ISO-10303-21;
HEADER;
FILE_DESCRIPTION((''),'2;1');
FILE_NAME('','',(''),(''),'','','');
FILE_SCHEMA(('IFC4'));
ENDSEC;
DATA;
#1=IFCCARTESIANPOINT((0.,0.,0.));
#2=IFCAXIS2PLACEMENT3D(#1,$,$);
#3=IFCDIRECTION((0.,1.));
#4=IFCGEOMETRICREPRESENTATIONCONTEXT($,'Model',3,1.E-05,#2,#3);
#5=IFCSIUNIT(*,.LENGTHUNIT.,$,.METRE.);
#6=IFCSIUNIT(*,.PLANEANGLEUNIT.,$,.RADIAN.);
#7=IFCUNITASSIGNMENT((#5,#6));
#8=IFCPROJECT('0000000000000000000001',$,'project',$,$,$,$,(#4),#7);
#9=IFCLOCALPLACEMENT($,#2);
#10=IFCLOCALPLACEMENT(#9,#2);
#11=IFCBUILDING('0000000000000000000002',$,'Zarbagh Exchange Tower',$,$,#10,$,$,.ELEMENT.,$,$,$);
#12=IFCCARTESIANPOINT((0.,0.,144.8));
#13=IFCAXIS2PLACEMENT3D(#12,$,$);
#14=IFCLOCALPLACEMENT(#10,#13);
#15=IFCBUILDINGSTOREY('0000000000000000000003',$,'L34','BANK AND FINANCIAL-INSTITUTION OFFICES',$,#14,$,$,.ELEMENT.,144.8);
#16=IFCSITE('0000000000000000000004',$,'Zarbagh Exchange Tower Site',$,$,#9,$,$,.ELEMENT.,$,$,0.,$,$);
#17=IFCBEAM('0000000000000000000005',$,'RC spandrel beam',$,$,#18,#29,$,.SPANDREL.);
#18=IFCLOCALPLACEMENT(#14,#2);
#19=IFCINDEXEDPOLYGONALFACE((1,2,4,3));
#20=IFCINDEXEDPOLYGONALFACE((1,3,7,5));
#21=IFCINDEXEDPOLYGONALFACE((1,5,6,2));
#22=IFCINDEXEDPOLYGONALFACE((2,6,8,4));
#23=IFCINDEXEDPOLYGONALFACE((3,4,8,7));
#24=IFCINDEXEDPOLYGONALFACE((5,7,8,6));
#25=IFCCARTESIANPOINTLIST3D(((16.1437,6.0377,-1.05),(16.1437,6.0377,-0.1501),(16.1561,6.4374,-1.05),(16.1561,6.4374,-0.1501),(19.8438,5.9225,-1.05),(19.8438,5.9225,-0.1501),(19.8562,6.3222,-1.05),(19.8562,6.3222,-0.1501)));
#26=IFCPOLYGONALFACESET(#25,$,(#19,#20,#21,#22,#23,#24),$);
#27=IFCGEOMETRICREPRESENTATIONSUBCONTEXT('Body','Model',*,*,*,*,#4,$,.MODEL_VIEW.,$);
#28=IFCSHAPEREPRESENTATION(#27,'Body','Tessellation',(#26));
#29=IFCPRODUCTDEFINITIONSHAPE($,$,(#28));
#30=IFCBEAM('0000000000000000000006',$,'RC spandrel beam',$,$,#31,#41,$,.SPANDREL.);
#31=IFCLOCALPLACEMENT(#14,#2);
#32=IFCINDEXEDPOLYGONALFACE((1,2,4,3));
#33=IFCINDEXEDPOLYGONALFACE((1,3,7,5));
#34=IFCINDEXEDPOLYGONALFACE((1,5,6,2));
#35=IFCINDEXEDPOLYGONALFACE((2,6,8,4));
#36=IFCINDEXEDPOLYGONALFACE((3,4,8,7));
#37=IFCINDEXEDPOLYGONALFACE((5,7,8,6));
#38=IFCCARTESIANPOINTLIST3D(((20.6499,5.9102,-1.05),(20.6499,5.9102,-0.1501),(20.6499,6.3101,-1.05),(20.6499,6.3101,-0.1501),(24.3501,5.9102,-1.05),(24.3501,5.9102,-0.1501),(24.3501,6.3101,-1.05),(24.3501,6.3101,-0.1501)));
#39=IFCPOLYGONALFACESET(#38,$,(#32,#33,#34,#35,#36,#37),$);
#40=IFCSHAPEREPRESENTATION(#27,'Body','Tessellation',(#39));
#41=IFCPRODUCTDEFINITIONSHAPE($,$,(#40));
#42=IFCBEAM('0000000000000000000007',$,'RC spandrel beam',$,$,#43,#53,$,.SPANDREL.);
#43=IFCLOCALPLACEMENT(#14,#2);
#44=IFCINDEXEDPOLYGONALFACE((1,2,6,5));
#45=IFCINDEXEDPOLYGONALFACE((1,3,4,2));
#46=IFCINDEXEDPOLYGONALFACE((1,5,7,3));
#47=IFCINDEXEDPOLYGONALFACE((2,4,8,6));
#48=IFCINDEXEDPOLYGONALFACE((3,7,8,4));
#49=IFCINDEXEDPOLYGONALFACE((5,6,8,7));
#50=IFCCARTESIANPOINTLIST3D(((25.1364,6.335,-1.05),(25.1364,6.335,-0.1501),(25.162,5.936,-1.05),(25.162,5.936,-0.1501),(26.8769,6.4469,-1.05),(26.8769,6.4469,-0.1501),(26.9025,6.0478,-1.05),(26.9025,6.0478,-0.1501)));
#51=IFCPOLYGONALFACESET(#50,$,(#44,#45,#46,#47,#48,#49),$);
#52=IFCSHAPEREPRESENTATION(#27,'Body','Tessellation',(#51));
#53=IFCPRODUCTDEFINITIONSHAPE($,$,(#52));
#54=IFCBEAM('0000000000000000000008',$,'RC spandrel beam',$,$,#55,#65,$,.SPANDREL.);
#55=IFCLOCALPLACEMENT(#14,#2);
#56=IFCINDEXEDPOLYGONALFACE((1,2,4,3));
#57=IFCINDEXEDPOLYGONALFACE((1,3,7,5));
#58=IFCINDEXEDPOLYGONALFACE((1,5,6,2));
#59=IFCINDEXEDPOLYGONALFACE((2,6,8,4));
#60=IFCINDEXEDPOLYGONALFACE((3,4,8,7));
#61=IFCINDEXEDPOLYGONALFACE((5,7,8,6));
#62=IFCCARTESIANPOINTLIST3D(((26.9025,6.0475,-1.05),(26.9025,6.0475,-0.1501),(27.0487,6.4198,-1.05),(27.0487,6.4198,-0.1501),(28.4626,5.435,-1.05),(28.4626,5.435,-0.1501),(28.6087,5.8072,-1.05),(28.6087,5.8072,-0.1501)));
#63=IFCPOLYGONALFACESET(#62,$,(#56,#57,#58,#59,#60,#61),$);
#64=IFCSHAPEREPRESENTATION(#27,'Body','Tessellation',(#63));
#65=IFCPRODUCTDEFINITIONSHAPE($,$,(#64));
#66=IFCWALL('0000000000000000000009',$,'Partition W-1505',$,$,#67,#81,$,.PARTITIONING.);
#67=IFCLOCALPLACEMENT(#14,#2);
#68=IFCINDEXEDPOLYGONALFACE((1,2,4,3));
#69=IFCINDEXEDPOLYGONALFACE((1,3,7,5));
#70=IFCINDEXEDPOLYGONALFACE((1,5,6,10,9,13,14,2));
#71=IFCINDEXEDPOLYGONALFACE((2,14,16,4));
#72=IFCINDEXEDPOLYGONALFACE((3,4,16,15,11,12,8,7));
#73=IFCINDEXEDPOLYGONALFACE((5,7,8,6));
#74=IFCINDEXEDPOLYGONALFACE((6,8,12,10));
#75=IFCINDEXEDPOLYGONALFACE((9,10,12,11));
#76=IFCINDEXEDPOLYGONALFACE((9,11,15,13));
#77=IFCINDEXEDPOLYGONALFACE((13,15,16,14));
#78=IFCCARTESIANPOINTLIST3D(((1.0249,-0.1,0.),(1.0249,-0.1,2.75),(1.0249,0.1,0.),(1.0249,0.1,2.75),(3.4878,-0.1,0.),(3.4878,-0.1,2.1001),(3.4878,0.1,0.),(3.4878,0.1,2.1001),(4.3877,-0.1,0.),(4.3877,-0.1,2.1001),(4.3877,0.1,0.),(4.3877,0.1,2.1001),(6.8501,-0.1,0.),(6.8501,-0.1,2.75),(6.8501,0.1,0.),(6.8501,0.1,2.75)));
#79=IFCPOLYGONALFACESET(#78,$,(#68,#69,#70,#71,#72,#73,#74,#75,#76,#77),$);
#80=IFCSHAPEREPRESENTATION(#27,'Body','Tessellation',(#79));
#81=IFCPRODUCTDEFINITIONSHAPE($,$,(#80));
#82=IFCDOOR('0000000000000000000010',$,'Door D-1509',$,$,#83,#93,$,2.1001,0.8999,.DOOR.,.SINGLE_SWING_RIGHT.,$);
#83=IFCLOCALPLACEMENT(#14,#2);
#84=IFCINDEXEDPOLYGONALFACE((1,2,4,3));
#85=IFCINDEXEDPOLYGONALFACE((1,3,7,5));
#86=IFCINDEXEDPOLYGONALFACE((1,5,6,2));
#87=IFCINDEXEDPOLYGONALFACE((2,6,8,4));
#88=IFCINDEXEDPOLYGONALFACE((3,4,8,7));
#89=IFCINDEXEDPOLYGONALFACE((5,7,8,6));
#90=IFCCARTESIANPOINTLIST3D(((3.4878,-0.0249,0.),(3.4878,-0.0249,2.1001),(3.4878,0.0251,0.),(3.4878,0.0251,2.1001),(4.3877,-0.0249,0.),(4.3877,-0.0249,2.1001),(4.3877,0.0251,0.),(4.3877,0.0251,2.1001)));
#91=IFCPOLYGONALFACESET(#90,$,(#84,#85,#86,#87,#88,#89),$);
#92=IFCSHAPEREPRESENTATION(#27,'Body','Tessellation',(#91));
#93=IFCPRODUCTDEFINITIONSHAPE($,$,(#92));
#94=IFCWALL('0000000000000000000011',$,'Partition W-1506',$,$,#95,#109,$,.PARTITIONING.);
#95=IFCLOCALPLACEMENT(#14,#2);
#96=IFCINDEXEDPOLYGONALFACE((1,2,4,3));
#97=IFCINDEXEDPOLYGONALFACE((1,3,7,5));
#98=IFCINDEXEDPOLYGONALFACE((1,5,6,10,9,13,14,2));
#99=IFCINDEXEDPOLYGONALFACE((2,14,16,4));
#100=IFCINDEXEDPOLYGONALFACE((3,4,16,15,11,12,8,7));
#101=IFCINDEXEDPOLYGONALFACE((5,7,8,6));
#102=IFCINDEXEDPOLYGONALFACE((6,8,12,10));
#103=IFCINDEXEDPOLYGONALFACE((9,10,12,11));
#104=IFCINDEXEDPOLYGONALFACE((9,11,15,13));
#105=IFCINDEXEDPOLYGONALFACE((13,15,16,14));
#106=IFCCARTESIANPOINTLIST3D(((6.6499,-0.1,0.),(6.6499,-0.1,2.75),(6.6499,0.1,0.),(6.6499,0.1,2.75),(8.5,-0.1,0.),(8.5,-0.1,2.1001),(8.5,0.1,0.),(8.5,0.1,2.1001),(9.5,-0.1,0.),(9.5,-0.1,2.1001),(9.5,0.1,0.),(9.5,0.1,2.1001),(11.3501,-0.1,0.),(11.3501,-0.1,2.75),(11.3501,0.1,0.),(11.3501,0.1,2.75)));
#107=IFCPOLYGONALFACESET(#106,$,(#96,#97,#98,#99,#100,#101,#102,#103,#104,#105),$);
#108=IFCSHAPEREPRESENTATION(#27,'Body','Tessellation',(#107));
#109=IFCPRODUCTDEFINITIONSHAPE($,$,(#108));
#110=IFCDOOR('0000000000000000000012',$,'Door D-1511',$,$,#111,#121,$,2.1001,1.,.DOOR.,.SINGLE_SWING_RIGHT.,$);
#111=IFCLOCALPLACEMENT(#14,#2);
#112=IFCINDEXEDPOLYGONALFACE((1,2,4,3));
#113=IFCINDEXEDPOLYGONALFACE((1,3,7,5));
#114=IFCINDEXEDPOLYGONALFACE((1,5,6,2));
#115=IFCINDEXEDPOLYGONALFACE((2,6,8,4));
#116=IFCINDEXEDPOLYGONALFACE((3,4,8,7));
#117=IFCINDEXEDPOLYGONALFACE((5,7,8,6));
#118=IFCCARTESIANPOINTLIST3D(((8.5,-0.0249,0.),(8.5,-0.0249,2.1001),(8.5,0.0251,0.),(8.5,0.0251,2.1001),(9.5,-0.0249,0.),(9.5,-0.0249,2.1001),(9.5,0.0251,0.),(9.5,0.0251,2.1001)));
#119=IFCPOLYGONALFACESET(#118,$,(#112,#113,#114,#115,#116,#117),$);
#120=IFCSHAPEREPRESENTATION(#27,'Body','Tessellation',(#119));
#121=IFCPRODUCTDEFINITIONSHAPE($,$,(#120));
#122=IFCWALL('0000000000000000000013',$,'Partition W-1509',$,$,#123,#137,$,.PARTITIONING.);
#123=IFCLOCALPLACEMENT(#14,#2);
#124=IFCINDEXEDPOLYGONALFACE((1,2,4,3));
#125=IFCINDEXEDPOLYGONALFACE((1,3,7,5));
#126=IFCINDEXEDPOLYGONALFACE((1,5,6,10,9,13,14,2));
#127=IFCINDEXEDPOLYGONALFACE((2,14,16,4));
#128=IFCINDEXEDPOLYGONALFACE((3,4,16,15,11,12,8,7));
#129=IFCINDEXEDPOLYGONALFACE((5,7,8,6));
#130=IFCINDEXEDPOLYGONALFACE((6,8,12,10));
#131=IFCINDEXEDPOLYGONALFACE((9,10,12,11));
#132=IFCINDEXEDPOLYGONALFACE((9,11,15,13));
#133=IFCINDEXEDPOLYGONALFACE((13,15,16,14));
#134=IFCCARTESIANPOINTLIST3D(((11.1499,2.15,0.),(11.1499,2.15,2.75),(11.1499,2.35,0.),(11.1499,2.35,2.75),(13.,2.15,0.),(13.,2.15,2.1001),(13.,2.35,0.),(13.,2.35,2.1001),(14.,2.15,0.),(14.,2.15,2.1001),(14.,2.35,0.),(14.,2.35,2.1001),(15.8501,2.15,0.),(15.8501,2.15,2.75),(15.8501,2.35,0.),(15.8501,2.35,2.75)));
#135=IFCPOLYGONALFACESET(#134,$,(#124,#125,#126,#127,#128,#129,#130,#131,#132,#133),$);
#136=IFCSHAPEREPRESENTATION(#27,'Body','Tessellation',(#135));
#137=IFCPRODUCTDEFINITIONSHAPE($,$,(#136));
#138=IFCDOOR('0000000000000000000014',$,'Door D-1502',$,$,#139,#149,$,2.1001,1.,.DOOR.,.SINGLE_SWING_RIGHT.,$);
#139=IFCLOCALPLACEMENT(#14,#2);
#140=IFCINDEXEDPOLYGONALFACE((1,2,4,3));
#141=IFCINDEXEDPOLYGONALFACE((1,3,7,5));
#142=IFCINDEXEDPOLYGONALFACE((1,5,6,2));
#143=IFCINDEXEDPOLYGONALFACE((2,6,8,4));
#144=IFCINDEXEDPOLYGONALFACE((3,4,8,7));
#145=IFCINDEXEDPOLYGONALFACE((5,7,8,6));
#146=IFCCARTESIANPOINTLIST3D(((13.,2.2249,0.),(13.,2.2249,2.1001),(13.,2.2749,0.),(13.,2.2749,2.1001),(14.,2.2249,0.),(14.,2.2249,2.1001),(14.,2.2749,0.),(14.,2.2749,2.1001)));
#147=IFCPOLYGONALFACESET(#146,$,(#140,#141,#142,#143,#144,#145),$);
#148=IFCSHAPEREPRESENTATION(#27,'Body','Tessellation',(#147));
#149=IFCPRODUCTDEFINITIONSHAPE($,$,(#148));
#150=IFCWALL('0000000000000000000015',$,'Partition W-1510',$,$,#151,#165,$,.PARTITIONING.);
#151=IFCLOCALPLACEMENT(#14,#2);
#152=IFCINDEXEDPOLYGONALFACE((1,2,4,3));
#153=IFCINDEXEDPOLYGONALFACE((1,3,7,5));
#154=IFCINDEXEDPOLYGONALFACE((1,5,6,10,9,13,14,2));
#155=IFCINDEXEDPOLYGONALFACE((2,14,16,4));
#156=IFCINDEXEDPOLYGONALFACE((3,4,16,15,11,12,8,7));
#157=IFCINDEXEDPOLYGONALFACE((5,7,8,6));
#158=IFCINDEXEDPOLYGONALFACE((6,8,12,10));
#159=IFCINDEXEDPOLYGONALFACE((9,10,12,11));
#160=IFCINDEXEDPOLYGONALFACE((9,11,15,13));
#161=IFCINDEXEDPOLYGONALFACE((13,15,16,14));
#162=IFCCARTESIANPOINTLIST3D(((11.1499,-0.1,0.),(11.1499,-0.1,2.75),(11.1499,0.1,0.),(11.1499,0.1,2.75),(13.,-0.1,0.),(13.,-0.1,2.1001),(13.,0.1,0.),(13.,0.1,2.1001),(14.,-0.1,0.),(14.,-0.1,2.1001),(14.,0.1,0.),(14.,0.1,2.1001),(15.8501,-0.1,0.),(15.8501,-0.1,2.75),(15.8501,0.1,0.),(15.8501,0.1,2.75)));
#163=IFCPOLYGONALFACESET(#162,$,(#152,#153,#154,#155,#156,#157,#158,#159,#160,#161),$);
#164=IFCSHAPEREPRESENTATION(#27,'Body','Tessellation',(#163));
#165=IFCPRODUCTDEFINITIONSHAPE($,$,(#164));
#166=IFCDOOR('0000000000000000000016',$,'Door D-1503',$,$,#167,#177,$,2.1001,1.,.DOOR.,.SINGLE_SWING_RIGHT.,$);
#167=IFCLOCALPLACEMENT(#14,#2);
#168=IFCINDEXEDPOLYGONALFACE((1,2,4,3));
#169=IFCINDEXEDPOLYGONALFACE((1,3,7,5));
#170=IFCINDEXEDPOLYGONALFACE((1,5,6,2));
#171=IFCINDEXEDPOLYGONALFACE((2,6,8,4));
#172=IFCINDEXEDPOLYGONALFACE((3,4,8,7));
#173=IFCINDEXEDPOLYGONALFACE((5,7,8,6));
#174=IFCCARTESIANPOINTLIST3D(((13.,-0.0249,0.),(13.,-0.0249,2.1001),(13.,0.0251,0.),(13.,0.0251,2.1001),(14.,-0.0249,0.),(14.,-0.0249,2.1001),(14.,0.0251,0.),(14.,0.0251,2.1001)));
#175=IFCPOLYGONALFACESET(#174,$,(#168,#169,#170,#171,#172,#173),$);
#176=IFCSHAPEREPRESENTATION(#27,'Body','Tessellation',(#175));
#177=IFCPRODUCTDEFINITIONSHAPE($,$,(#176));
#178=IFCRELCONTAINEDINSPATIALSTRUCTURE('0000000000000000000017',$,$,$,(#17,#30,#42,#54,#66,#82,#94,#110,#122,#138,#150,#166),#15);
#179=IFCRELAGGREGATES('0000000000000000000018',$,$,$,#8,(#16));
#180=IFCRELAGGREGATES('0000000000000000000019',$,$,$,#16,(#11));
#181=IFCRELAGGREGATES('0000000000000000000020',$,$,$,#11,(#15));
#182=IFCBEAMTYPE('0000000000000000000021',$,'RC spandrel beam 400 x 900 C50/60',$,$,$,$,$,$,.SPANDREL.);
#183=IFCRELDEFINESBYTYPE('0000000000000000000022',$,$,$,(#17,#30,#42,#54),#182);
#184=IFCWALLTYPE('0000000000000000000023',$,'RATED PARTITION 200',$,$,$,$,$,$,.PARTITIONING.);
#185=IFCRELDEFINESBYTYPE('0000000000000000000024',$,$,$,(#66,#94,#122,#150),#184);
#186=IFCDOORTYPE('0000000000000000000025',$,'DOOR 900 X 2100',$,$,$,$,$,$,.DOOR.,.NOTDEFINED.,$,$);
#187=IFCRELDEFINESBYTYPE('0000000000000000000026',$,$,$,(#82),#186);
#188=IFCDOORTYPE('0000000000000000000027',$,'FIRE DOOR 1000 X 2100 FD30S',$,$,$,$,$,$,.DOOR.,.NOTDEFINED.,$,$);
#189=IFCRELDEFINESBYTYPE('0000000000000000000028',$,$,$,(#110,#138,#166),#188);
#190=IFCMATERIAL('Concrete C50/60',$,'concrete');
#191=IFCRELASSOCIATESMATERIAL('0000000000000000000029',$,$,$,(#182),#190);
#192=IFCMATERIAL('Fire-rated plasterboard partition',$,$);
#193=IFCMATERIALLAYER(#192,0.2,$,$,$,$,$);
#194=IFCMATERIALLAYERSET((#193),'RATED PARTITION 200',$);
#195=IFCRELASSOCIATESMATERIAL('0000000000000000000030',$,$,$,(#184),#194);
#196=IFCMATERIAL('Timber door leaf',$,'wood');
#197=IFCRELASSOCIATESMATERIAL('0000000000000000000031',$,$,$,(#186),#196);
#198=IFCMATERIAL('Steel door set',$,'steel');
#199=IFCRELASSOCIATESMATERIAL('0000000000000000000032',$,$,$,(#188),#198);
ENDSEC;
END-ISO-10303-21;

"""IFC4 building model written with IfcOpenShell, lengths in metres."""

from ifc_helpers import new_model, si_unit, direction, frame, frame_2d, origin, origin_2d, place, context, subcontext, project, spatial, rectangle, extrude, material, layer, layer_set, material_profile, profile_set, type_object, element, fill, save


model = new_model("IFC4")

# Units and contexts
model_context = context("Model", 3, precision=1e-05, world=origin(), true_north=direction((0.0, 1.0)))
body_context = subcontext(model_context, "Body", "Model", "MODEL_VIEW")
ifc_project = project(units=[si_unit("LENGTHUNIT", "METRE"), si_unit("PLANEANGLEUNIT", "RADIAN")], contexts=[model_context])

# Site, building, storey
site_placement = place(None, origin())
site = spatial("IfcSite", under=ifc_project, at=site_placement, Name="Zarbagh Exchange Tower Site", CompositionType="ELEMENT", RefElevation=0.0)
building_placement = place(site_placement, origin())
building = spatial("IfcBuilding", under=site, at=building_placement, Name="Zarbagh Exchange Tower", CompositionType="ELEMENT")
storey_placement = place(building_placement, frame((0.0, 0.0, 144.8)))
storey = spatial("IfcBuildingStorey", under=building, at=storey_placement, Name="L34", Description="BANK AND FINANCIAL-INSTITUTION OFFICES", CompositionType="ELEMENT", Elevation=144.8)

# Shared definitions
ifc_material_1 = material(Name="Concrete C50/60", Category="concrete")

# Beams
ifc_material_profile_1 = material_profile(ifc_material_1, rectangle(XDim=0.3999, YDim=0.8999, at=origin_2d()), Name="RC spandrel beam 400 x 900 C50/60")
ifc_profile_set_1 = profile_set([ifc_material_profile_1], Name="Concrete C50/60")
beam_type_1 = type_object("IfcBeamType", Name="RC spandrel beam 400 x 900 C50/60", PredefinedType="SPANDREL", material=ifc_profile_set_1)
beam_1_placement = place(storey_placement, frame((16.1499, 6.2375, -0.6001), z_axis=(0.999515, -0.031128, 0.0), x_axis=(0.031128, 0.999515, 0.0)))
element("IfcBeam", 1, at=beam_1_placement, inside=storey, type_object=beam_type_1, Name="RC spandrel beam", PredefinedType="SPANDREL", context=body_context, shape_type="SweptSolid", body=[
    extrude(rectangle(XDim=0.3999, YDim=0.8999, at=origin_2d()), origin(), (0.0, 0.0, 1.0), 3.7019),
])
beam_2_placement = place(storey_placement, frame((20.6499, 6.1101, -0.6001), z_axis=(1.0, 0.0, 0.0), x_axis=(0.0, 1.0, 0.0)))
element("IfcBeam", 2, at=beam_2_placement, inside=storey, type_object=beam_type_1, Name="RC spandrel beam", PredefinedType="SPANDREL", context=body_context, shape_type="SweptSolid", body=[
    extrude(rectangle(XDim=0.3999, YDim=0.8999, at=origin_2d()), origin(), (0.0, 0.0, 1.0), 3.7002),
])
beam_3_placement = place(storey_placement, frame((25.1492, 6.1355, -0.6001), z_axis=(0.997943, 0.064112, 0.0), x_axis=(-0.064112, 0.997943, 0.0)))
element("IfcBeam", 3, at=beam_3_placement, inside=storey, type_object=beam_type_1, Name="RC spandrel beam", PredefinedType="SPANDREL", context=body_context, shape_type="SweptSolid", body=[
    extrude(rectangle(XDim=0.3999, YDim=0.8999, at=origin_2d()), origin(), (0.0, 0.0, 1.0), 1.7441),
])
beam_4_placement = place(storey_placement, frame((26.9756, 6.2336, -0.6001), z_axis=(0.930819, -0.365481, 0.0), x_axis=(0.365481, 0.930819, 0.0)))
element("IfcBeam", 4, at=beam_4_placement, inside=storey, type_object=beam_type_1, Name="RC spandrel beam", PredefinedType="SPANDREL", context=body_context, shape_type="SweptSolid", body=[
    extrude(rectangle(XDim=0.3999, YDim=0.8999, at=origin_2d()), origin(), (0.0, 0.0, 1.0), 1.676),
])

# Walls, openings, doors
ifc_material_2 = material(Name="Fire-rated plasterboard partition")
ifc_layer = layer(ifc_material_2, 0.2)
ifc_layer_set = layer_set([ifc_layer], Name="RATED PARTITION 200")
wall_type = type_object("IfcWallType", Name="RATED PARTITION 200", PredefinedType="PARTITIONING", material=ifc_layer_set)
wall_1_placement = place(storey_placement, frame((6.8501, 0.0, 0.0), z_axis=(0.0, 0.0, 1.0), x_axis=(-1.0, 0.0, 0.0)))
wall_1 = element("IfcWall", 5, at=wall_1_placement, inside=storey, type_object=wall_type, Name="Partition W-1505", PredefinedType="PARTITIONING", context=body_context, shape_type="SweptSolid", body=[
    extrude(rectangle(XDim=5.8252, YDim=0.2, at=frame_2d((2.9126, 0.0))), origin(), (0.0, 0.0, 1.0), 2.75),
])
opening_1_placement = place(wall_1_placement, frame((2.4624, 0.0, 0.0)))
opening_1 = element("IfcOpeningElement", 6, at=opening_1_placement, cuts=wall_1, PredefinedType="OPENING", context=body_context, shape_type="SweptSolid", body=[
    extrude(rectangle(XDim=0.8999, YDim=2.1001, at=frame_2d((0.45, 1.05))), frame((0.0, 0.1099, 0.0), z_axis=(0.0, -1.0, 0.0), x_axis=(1.0, 0.0, 0.0)), (0.0, 0.0, 1.0), 0.22),
])
ifc_material_3 = material(Name="Timber door leaf", Category="wood")
door_type_1 = type_object("IfcDoorType", Name="DOOR 900 X 2100", OperationType="NOTDEFINED", PredefinedType="DOOR", material=ifc_material_3)
door_1_placement = place(opening_1_placement, origin())
door_1 = element("IfcDoor", 7, at=door_1_placement, inside=storey, type_object=door_type_1, Name="Door D-1509", OperationType="SINGLE_SWING_RIGHT", OverallHeight=2.1001, OverallWidth=0.8999, PredefinedType="DOOR", context=body_context, shape_type="SweptSolid", body=[
    extrude(rectangle(XDim=0.8999, YDim=2.1001, at=frame_2d((0.45, 1.05))), frame((0.0, 0.0249, 0.0), z_axis=(0.0, -1.0, 0.0), x_axis=(1.0, 0.0, 0.0)), (0.0, 0.0, 1.0), 0.05),
])
fill(opening_1, door_1)
wall_2_placement = place(storey_placement, frame((11.3501, 0.0, 0.0), z_axis=(0.0, 0.0, 1.0), x_axis=(-1.0, 0.0, 0.0)))
wall_2 = element("IfcWall", 8, at=wall_2_placement, inside=storey, type_object=wall_type, Name="Partition W-1506", PredefinedType="PARTITIONING", context=body_context, shape_type="SweptSolid", body=[
    extrude(rectangle(XDim=4.7002, YDim=0.2, at=frame_2d((2.3501, 0.0))), origin(), (0.0, 0.0, 1.0), 2.75),
])
opening_2_placement = place(wall_2_placement, frame((1.8501, 0.0, 0.0)))
opening_2 = element("IfcOpeningElement", 9, at=opening_2_placement, cuts=wall_2, PredefinedType="OPENING", context=body_context, shape_type="SweptSolid", body=[
    extrude(rectangle(XDim=1.0, YDim=2.1001, at=frame_2d((0.5, 1.05))), frame((0.0, 0.1099, 0.0), z_axis=(0.0, -1.0, 0.0), x_axis=(1.0, 0.0, 0.0)), (0.0, 0.0, 1.0), 0.22),
])
ifc_material_4 = material(Name="Steel door set", Category="steel")
door_type_2 = type_object("IfcDoorType", Name="FIRE DOOR 1000 X 2100 FD30S", OperationType="NOTDEFINED", PredefinedType="DOOR", material=ifc_material_4)
door_2_placement = place(opening_2_placement, origin())
door_2 = element("IfcDoor", 10, at=door_2_placement, inside=storey, type_object=door_type_2, Name="Door D-1511", OperationType="SINGLE_SWING_RIGHT", OverallHeight=2.1001, OverallWidth=1.0, PredefinedType="DOOR", context=body_context, shape_type="SweptSolid", body=[
    extrude(rectangle(XDim=1.0, YDim=2.1001, at=frame_2d((0.5, 1.05))), frame((0.0, 0.0249, 0.0), z_axis=(0.0, -1.0, 0.0), x_axis=(1.0, 0.0, 0.0)), (0.0, 0.0, 1.0), 0.05),
])
fill(opening_2, door_2)
wall_3_placement = place(storey_placement, frame((11.1499, 2.25, 0.0), z_axis=(0.0, 0.0, 1.0), x_axis=(1.0, 0.0, 0.0)))
wall_3 = element("IfcWall", 11, at=wall_3_placement, inside=storey, type_object=wall_type, Name="Partition W-1509", PredefinedType="PARTITIONING", context=body_context, shape_type="SweptSolid", body=[
    extrude(rectangle(XDim=4.7002, YDim=0.2, at=frame_2d((2.3501, 0.0))), origin(), (0.0, 0.0, 1.0), 2.75),
])
opening_3_placement = place(wall_3_placement, frame((1.8501, 0.0, 0.0)))
opening_3 = element("IfcOpeningElement", 12, at=opening_3_placement, cuts=wall_3, PredefinedType="OPENING", context=body_context, shape_type="SweptSolid", body=[
    extrude(rectangle(XDim=1.0, YDim=2.1001, at=frame_2d((0.5, 1.05))), frame((0.0, 0.1099, 0.0), z_axis=(0.0, -1.0, 0.0), x_axis=(1.0, 0.0, 0.0)), (0.0, 0.0, 1.0), 0.22),
])
door_3_placement = place(opening_3_placement, origin())
door_3 = element("IfcDoor", 13, at=door_3_placement, inside=storey, type_object=door_type_2, Name="Door D-1502", OperationType="SINGLE_SWING_RIGHT", OverallHeight=2.1001, OverallWidth=1.0, PredefinedType="DOOR", context=body_context, shape_type="SweptSolid", body=[
    extrude(rectangle(XDim=1.0, YDim=2.1001, at=frame_2d((0.5, 1.05))), frame((0.0, 0.0249, 0.0), z_axis=(0.0, -1.0, 0.0), x_axis=(1.0, 0.0, 0.0)), (0.0, 0.0, 1.0), 0.05),
])
fill(opening_3, door_3)
wall_4_placement = place(storey_placement, frame((15.8501, 0.0, 0.0), z_axis=(0.0, 0.0, 1.0), x_axis=(-1.0, 0.0, 0.0)))
wall_4 = element("IfcWall", 14, at=wall_4_placement, inside=storey, type_object=wall_type, Name="Partition W-1510", PredefinedType="PARTITIONING", context=body_context, shape_type="SweptSolid", body=[
    extrude(rectangle(XDim=4.7002, YDim=0.2, at=frame_2d((2.3501, 0.0))), origin(), (0.0, 0.0, 1.0), 2.75),
])
opening_4_placement = place(wall_4_placement, frame((1.8501, 0.0, 0.0)))
opening_4 = element("IfcOpeningElement", 15, at=opening_4_placement, cuts=wall_4, PredefinedType="OPENING", context=body_context, shape_type="SweptSolid", body=[
    extrude(rectangle(XDim=1.0, YDim=2.1001, at=frame_2d((0.5, 1.05))), frame((0.0, 0.1099, 0.0), z_axis=(0.0, -1.0, 0.0), x_axis=(1.0, 0.0, 0.0)), (0.0, 0.0, 1.0), 0.22),
])
door_4_placement = place(opening_4_placement, origin())
door_4 = element("IfcDoor", 16, at=door_4_placement, inside=storey, type_object=door_type_2, Name="Door D-1503", OperationType="SINGLE_SWING_RIGHT", OverallHeight=2.1001, OverallWidth=1.0, PredefinedType="DOOR", context=body_context, shape_type="SweptSolid", body=[
    extrude(rectangle(XDim=1.0, YDim=2.1001, at=frame_2d((0.5, 1.05))), frame((0.0, 0.0249, 0.0), z_axis=(0.0, -1.0, 0.0), x_axis=(1.0, 0.0, 0.0)), (0.0, 0.0, 1.0), 0.05),
])
fill(opening_4, door_4)

save(model, "model.ifc")
